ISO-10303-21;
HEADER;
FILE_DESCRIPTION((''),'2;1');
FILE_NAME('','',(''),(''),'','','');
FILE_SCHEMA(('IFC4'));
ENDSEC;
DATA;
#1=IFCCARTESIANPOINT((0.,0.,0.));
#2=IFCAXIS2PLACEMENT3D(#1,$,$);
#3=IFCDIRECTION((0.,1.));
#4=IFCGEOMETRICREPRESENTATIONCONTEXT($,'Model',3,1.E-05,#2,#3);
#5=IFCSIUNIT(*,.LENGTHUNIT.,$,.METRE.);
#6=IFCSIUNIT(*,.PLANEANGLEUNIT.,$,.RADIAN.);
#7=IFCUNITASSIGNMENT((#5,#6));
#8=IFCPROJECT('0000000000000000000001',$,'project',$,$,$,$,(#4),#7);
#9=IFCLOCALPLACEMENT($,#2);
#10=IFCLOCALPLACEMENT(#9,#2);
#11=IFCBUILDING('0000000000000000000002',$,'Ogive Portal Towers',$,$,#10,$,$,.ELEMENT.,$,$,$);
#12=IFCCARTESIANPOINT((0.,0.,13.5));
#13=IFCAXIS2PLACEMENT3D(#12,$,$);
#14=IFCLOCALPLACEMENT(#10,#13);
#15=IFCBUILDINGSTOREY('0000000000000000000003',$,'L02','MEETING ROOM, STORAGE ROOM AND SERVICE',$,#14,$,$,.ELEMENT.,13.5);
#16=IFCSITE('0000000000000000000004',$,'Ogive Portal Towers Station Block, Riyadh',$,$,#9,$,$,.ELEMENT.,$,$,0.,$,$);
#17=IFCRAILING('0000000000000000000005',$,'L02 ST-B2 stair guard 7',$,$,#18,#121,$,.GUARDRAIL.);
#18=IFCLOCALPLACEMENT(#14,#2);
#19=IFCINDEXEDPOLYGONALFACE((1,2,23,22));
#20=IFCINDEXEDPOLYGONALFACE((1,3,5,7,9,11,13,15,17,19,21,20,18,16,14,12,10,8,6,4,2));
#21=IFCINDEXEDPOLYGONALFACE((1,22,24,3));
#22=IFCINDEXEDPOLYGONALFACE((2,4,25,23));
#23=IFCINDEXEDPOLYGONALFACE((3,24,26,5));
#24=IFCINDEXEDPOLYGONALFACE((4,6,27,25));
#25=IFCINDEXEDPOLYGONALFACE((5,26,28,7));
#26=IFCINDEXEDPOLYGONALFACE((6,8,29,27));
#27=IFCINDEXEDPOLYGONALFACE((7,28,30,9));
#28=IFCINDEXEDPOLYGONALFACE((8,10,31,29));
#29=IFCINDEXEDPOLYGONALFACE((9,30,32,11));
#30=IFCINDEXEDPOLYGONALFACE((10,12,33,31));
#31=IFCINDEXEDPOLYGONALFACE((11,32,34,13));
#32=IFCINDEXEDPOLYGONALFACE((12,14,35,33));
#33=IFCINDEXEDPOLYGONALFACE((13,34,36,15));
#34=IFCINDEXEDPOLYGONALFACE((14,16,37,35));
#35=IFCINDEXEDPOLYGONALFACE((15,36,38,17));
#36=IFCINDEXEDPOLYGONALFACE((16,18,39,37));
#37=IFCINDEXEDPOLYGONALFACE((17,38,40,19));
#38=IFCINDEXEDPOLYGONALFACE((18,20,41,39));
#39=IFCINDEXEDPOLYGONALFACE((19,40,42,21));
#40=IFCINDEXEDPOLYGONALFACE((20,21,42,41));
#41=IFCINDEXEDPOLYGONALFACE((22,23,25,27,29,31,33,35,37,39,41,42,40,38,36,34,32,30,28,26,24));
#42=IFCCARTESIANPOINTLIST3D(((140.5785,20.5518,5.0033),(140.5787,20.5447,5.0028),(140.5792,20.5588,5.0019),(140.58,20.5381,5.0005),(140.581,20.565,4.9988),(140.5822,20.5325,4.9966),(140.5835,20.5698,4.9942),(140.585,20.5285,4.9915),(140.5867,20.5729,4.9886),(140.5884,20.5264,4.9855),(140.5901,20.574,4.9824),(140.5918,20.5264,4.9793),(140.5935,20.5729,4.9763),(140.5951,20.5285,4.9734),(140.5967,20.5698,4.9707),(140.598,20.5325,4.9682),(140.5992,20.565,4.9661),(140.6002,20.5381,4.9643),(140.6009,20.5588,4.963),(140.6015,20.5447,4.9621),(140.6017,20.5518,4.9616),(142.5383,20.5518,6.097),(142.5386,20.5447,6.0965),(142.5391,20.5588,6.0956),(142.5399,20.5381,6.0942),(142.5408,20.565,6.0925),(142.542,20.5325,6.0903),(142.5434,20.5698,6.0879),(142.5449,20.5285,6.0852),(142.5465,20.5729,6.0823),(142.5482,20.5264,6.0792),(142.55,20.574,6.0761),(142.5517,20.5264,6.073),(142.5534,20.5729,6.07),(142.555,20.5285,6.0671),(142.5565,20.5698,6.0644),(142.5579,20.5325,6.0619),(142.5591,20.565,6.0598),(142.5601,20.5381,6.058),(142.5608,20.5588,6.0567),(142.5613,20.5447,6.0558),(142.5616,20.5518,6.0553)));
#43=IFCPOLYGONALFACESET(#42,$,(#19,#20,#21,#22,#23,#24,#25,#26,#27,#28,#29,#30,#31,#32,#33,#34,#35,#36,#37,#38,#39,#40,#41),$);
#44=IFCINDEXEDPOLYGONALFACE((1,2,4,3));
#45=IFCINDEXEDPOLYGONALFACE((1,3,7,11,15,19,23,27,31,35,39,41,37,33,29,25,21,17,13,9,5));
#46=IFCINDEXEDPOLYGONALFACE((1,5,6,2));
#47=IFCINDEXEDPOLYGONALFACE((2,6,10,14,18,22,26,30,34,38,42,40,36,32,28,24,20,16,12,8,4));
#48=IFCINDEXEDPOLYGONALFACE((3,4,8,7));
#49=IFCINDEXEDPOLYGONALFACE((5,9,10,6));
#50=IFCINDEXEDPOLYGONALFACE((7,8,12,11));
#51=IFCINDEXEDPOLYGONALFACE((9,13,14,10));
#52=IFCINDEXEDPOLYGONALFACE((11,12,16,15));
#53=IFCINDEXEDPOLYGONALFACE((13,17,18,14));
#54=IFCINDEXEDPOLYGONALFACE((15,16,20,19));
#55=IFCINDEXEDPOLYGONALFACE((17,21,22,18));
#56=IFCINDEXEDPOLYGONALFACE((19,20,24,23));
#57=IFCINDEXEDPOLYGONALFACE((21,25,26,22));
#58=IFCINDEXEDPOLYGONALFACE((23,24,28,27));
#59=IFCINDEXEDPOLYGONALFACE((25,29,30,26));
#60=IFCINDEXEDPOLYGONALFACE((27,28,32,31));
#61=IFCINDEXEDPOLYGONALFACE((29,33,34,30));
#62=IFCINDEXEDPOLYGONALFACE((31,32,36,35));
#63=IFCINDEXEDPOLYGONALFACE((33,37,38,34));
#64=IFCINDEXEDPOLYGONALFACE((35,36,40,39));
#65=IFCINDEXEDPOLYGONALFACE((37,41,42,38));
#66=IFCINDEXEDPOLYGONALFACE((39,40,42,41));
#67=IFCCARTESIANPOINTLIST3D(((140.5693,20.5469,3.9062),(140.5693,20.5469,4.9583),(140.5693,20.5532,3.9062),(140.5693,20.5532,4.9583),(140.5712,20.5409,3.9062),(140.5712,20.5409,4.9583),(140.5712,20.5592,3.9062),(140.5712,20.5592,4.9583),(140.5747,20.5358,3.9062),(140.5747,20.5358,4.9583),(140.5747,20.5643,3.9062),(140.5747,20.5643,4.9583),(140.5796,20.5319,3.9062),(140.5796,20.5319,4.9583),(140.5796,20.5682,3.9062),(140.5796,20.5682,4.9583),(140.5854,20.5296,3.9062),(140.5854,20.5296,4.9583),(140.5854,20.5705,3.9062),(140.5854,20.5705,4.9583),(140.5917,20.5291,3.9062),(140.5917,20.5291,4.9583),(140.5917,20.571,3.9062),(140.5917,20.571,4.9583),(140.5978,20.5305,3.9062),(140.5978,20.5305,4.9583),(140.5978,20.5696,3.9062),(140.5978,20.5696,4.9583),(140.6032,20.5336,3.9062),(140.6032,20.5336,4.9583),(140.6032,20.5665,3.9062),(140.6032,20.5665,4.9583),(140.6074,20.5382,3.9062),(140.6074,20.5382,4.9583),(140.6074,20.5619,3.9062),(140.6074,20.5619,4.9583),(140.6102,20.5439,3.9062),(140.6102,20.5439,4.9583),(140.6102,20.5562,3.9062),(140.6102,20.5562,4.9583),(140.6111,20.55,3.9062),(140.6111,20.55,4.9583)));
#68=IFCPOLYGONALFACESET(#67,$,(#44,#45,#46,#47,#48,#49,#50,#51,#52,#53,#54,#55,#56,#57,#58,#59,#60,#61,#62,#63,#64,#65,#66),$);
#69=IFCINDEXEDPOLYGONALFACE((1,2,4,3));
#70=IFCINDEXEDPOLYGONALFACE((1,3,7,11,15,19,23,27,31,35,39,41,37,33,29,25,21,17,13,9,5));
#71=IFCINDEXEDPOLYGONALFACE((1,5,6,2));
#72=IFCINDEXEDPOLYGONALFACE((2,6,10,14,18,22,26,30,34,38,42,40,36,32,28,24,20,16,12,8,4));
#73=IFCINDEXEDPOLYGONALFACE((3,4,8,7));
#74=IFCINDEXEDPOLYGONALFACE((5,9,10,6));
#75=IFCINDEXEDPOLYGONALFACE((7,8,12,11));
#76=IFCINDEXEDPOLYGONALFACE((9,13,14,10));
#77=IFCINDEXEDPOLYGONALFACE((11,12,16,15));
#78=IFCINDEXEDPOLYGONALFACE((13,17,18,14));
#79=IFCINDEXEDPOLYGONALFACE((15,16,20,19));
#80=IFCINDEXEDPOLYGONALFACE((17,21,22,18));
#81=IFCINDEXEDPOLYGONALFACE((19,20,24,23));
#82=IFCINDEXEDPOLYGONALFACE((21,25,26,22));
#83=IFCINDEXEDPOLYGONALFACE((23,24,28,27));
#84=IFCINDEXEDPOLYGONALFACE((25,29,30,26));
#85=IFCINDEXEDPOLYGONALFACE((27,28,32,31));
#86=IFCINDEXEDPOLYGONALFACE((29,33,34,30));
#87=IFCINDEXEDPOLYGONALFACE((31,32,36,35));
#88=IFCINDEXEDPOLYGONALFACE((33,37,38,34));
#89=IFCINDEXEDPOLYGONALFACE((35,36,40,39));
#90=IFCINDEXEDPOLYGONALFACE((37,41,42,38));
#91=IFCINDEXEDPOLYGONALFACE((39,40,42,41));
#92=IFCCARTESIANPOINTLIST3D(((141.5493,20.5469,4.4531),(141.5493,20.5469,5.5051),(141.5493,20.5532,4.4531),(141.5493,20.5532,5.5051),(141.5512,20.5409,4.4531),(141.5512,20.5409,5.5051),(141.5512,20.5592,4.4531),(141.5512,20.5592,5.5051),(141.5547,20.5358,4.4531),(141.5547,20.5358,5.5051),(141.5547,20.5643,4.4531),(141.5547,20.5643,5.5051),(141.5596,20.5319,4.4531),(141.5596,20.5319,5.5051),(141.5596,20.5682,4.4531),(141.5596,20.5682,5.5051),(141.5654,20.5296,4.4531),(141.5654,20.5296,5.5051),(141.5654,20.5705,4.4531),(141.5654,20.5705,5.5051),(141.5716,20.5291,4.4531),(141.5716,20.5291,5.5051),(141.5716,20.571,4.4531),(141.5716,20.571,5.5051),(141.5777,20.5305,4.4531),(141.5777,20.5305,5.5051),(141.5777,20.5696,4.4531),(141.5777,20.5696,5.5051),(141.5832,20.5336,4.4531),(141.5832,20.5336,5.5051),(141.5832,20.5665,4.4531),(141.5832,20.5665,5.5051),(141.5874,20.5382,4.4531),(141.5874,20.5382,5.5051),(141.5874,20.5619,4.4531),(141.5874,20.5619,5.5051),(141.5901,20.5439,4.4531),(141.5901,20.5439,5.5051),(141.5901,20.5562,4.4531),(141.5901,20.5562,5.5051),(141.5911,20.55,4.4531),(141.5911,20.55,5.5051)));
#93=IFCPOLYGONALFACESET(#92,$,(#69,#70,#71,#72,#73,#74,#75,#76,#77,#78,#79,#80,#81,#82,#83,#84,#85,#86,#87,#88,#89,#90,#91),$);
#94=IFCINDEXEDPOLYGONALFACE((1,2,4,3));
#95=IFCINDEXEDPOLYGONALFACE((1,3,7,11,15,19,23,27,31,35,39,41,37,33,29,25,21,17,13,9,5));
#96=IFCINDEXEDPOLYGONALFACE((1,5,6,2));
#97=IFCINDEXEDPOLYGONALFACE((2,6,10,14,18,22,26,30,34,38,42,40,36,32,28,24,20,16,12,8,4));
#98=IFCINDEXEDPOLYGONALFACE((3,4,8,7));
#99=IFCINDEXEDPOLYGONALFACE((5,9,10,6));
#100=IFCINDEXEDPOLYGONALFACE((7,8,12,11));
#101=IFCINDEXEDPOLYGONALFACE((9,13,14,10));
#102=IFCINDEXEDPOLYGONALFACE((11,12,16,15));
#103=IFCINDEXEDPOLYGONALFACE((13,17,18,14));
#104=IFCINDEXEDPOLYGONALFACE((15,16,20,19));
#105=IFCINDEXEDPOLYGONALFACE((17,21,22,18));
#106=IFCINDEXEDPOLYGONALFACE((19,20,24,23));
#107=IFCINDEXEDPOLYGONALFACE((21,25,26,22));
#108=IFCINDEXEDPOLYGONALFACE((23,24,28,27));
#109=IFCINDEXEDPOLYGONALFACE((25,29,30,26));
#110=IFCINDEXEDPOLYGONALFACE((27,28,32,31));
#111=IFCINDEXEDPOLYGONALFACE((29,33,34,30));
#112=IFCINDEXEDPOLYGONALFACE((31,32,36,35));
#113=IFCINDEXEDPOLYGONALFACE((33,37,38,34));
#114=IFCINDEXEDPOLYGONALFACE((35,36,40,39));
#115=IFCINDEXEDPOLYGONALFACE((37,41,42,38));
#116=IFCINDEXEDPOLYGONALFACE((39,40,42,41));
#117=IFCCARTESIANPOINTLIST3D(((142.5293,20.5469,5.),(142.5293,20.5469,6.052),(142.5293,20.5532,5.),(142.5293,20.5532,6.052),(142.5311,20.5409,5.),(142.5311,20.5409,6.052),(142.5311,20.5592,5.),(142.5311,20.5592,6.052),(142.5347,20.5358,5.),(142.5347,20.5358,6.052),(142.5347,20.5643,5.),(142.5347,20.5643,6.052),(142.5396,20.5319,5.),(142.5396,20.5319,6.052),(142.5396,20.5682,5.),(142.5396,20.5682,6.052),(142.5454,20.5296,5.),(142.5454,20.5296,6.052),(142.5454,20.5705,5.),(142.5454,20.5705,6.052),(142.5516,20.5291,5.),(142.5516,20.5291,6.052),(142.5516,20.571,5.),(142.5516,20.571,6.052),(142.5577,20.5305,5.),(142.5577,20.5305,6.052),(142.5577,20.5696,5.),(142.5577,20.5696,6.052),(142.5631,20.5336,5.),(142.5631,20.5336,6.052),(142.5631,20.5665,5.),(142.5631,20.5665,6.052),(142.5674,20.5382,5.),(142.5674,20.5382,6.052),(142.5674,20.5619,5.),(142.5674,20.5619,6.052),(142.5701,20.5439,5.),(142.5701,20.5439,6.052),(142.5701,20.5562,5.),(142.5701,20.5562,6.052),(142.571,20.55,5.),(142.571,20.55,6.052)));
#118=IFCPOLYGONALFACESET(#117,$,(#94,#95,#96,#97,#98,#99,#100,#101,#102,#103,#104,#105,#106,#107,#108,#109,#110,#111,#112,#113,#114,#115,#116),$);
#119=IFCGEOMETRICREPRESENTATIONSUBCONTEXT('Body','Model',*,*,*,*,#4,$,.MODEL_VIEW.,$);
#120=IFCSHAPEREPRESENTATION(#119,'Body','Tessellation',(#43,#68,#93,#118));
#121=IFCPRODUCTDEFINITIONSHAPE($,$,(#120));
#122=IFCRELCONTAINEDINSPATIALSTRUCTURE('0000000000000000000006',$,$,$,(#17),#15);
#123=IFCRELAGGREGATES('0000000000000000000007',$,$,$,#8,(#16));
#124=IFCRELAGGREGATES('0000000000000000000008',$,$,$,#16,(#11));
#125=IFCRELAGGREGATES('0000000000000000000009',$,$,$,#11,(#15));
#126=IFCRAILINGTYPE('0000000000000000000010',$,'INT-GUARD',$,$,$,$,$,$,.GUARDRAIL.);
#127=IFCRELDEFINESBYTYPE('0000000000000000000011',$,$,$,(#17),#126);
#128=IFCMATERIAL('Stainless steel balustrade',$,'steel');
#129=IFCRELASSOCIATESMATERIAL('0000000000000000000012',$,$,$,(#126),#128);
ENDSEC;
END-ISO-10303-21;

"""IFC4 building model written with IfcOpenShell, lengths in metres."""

from ifc_helpers import new_model, si_unit, direction, frame, origin, origin_2d, place, context, subcontext, project, spatial, circle, extrude, material, type_object, element, save


model = new_model("IFC4")

# Units and contexts
model_context = context("Model", 3, precision=1e-05, world=origin(), true_north=direction((0.0, 1.0)))
body_context = subcontext(model_context, "Body", "Model", "MODEL_VIEW")
ifc_project = project(units=[si_unit("LENGTHUNIT", "METRE"), si_unit("PLANEANGLEUNIT", "RADIAN")], contexts=[model_context])

# Site, building, storey
site_placement = place(None, origin())
site = spatial("IfcSite", under=ifc_project, at=site_placement, Name="Ogive Portal Towers Station Block, Riyadh", CompositionType="ELEMENT", RefElevation=0.0)
building_placement = place(site_placement, origin())
building = spatial("IfcBuilding", under=site, at=building_placement, Name="Ogive Portal Towers", CompositionType="ELEMENT")
storey_placement = place(building_placement, frame((0.0, 0.0, 13.5)))
storey = spatial("IfcBuildingStorey", under=building, at=storey_placement, Name="L02", Description="MEETING ROOM, STORAGE ROOM AND SERVICE", CompositionType="ELEMENT", Elevation=13.5)

# Railing
ifc_material_1 = material(Name="Stainless steel balustrade", Category="steel")
railing_type = type_object("IfcRailingType", Name="INT-GUARD", PredefinedType="GUARDRAIL", material=ifc_material_1)
railing_placement = place(storey_placement, frame((140.5901, 20.55, 3.9062)))
element("IfcRailing", 1, at=railing_placement, inside=storey, type_object=railing_type, Name="L02 ST-B2 stair guard 7", PredefinedType="GUARDRAIL", context=body_context, shape_type="SweptSolid", body=[
    extrude(circle(Radius=0.0239, at=origin_2d()), frame((0.0, 0.0, 1.0762), z_axis=(0.873232, 0.0, 0.487304), x_axis=(0.0, 1.0, 0.0)), (0.0, 0.0, 1.0), 2.2444),
    extrude(circle(Radius=0.021, at=origin_2d()), origin(), (0.0, 0.0, 1.0), 1.052),
    extrude(circle(Radius=0.021, at=origin_2d()), frame((0.98, 0.0, 0.5469)), (0.0, 0.0, 1.0), 1.052),
    extrude(circle(Radius=0.021, at=origin_2d()), frame((1.96, 0.0, 1.0938)), (0.0, 0.0, 1.0), 1.052),
])

save(model, "model.ifc")
